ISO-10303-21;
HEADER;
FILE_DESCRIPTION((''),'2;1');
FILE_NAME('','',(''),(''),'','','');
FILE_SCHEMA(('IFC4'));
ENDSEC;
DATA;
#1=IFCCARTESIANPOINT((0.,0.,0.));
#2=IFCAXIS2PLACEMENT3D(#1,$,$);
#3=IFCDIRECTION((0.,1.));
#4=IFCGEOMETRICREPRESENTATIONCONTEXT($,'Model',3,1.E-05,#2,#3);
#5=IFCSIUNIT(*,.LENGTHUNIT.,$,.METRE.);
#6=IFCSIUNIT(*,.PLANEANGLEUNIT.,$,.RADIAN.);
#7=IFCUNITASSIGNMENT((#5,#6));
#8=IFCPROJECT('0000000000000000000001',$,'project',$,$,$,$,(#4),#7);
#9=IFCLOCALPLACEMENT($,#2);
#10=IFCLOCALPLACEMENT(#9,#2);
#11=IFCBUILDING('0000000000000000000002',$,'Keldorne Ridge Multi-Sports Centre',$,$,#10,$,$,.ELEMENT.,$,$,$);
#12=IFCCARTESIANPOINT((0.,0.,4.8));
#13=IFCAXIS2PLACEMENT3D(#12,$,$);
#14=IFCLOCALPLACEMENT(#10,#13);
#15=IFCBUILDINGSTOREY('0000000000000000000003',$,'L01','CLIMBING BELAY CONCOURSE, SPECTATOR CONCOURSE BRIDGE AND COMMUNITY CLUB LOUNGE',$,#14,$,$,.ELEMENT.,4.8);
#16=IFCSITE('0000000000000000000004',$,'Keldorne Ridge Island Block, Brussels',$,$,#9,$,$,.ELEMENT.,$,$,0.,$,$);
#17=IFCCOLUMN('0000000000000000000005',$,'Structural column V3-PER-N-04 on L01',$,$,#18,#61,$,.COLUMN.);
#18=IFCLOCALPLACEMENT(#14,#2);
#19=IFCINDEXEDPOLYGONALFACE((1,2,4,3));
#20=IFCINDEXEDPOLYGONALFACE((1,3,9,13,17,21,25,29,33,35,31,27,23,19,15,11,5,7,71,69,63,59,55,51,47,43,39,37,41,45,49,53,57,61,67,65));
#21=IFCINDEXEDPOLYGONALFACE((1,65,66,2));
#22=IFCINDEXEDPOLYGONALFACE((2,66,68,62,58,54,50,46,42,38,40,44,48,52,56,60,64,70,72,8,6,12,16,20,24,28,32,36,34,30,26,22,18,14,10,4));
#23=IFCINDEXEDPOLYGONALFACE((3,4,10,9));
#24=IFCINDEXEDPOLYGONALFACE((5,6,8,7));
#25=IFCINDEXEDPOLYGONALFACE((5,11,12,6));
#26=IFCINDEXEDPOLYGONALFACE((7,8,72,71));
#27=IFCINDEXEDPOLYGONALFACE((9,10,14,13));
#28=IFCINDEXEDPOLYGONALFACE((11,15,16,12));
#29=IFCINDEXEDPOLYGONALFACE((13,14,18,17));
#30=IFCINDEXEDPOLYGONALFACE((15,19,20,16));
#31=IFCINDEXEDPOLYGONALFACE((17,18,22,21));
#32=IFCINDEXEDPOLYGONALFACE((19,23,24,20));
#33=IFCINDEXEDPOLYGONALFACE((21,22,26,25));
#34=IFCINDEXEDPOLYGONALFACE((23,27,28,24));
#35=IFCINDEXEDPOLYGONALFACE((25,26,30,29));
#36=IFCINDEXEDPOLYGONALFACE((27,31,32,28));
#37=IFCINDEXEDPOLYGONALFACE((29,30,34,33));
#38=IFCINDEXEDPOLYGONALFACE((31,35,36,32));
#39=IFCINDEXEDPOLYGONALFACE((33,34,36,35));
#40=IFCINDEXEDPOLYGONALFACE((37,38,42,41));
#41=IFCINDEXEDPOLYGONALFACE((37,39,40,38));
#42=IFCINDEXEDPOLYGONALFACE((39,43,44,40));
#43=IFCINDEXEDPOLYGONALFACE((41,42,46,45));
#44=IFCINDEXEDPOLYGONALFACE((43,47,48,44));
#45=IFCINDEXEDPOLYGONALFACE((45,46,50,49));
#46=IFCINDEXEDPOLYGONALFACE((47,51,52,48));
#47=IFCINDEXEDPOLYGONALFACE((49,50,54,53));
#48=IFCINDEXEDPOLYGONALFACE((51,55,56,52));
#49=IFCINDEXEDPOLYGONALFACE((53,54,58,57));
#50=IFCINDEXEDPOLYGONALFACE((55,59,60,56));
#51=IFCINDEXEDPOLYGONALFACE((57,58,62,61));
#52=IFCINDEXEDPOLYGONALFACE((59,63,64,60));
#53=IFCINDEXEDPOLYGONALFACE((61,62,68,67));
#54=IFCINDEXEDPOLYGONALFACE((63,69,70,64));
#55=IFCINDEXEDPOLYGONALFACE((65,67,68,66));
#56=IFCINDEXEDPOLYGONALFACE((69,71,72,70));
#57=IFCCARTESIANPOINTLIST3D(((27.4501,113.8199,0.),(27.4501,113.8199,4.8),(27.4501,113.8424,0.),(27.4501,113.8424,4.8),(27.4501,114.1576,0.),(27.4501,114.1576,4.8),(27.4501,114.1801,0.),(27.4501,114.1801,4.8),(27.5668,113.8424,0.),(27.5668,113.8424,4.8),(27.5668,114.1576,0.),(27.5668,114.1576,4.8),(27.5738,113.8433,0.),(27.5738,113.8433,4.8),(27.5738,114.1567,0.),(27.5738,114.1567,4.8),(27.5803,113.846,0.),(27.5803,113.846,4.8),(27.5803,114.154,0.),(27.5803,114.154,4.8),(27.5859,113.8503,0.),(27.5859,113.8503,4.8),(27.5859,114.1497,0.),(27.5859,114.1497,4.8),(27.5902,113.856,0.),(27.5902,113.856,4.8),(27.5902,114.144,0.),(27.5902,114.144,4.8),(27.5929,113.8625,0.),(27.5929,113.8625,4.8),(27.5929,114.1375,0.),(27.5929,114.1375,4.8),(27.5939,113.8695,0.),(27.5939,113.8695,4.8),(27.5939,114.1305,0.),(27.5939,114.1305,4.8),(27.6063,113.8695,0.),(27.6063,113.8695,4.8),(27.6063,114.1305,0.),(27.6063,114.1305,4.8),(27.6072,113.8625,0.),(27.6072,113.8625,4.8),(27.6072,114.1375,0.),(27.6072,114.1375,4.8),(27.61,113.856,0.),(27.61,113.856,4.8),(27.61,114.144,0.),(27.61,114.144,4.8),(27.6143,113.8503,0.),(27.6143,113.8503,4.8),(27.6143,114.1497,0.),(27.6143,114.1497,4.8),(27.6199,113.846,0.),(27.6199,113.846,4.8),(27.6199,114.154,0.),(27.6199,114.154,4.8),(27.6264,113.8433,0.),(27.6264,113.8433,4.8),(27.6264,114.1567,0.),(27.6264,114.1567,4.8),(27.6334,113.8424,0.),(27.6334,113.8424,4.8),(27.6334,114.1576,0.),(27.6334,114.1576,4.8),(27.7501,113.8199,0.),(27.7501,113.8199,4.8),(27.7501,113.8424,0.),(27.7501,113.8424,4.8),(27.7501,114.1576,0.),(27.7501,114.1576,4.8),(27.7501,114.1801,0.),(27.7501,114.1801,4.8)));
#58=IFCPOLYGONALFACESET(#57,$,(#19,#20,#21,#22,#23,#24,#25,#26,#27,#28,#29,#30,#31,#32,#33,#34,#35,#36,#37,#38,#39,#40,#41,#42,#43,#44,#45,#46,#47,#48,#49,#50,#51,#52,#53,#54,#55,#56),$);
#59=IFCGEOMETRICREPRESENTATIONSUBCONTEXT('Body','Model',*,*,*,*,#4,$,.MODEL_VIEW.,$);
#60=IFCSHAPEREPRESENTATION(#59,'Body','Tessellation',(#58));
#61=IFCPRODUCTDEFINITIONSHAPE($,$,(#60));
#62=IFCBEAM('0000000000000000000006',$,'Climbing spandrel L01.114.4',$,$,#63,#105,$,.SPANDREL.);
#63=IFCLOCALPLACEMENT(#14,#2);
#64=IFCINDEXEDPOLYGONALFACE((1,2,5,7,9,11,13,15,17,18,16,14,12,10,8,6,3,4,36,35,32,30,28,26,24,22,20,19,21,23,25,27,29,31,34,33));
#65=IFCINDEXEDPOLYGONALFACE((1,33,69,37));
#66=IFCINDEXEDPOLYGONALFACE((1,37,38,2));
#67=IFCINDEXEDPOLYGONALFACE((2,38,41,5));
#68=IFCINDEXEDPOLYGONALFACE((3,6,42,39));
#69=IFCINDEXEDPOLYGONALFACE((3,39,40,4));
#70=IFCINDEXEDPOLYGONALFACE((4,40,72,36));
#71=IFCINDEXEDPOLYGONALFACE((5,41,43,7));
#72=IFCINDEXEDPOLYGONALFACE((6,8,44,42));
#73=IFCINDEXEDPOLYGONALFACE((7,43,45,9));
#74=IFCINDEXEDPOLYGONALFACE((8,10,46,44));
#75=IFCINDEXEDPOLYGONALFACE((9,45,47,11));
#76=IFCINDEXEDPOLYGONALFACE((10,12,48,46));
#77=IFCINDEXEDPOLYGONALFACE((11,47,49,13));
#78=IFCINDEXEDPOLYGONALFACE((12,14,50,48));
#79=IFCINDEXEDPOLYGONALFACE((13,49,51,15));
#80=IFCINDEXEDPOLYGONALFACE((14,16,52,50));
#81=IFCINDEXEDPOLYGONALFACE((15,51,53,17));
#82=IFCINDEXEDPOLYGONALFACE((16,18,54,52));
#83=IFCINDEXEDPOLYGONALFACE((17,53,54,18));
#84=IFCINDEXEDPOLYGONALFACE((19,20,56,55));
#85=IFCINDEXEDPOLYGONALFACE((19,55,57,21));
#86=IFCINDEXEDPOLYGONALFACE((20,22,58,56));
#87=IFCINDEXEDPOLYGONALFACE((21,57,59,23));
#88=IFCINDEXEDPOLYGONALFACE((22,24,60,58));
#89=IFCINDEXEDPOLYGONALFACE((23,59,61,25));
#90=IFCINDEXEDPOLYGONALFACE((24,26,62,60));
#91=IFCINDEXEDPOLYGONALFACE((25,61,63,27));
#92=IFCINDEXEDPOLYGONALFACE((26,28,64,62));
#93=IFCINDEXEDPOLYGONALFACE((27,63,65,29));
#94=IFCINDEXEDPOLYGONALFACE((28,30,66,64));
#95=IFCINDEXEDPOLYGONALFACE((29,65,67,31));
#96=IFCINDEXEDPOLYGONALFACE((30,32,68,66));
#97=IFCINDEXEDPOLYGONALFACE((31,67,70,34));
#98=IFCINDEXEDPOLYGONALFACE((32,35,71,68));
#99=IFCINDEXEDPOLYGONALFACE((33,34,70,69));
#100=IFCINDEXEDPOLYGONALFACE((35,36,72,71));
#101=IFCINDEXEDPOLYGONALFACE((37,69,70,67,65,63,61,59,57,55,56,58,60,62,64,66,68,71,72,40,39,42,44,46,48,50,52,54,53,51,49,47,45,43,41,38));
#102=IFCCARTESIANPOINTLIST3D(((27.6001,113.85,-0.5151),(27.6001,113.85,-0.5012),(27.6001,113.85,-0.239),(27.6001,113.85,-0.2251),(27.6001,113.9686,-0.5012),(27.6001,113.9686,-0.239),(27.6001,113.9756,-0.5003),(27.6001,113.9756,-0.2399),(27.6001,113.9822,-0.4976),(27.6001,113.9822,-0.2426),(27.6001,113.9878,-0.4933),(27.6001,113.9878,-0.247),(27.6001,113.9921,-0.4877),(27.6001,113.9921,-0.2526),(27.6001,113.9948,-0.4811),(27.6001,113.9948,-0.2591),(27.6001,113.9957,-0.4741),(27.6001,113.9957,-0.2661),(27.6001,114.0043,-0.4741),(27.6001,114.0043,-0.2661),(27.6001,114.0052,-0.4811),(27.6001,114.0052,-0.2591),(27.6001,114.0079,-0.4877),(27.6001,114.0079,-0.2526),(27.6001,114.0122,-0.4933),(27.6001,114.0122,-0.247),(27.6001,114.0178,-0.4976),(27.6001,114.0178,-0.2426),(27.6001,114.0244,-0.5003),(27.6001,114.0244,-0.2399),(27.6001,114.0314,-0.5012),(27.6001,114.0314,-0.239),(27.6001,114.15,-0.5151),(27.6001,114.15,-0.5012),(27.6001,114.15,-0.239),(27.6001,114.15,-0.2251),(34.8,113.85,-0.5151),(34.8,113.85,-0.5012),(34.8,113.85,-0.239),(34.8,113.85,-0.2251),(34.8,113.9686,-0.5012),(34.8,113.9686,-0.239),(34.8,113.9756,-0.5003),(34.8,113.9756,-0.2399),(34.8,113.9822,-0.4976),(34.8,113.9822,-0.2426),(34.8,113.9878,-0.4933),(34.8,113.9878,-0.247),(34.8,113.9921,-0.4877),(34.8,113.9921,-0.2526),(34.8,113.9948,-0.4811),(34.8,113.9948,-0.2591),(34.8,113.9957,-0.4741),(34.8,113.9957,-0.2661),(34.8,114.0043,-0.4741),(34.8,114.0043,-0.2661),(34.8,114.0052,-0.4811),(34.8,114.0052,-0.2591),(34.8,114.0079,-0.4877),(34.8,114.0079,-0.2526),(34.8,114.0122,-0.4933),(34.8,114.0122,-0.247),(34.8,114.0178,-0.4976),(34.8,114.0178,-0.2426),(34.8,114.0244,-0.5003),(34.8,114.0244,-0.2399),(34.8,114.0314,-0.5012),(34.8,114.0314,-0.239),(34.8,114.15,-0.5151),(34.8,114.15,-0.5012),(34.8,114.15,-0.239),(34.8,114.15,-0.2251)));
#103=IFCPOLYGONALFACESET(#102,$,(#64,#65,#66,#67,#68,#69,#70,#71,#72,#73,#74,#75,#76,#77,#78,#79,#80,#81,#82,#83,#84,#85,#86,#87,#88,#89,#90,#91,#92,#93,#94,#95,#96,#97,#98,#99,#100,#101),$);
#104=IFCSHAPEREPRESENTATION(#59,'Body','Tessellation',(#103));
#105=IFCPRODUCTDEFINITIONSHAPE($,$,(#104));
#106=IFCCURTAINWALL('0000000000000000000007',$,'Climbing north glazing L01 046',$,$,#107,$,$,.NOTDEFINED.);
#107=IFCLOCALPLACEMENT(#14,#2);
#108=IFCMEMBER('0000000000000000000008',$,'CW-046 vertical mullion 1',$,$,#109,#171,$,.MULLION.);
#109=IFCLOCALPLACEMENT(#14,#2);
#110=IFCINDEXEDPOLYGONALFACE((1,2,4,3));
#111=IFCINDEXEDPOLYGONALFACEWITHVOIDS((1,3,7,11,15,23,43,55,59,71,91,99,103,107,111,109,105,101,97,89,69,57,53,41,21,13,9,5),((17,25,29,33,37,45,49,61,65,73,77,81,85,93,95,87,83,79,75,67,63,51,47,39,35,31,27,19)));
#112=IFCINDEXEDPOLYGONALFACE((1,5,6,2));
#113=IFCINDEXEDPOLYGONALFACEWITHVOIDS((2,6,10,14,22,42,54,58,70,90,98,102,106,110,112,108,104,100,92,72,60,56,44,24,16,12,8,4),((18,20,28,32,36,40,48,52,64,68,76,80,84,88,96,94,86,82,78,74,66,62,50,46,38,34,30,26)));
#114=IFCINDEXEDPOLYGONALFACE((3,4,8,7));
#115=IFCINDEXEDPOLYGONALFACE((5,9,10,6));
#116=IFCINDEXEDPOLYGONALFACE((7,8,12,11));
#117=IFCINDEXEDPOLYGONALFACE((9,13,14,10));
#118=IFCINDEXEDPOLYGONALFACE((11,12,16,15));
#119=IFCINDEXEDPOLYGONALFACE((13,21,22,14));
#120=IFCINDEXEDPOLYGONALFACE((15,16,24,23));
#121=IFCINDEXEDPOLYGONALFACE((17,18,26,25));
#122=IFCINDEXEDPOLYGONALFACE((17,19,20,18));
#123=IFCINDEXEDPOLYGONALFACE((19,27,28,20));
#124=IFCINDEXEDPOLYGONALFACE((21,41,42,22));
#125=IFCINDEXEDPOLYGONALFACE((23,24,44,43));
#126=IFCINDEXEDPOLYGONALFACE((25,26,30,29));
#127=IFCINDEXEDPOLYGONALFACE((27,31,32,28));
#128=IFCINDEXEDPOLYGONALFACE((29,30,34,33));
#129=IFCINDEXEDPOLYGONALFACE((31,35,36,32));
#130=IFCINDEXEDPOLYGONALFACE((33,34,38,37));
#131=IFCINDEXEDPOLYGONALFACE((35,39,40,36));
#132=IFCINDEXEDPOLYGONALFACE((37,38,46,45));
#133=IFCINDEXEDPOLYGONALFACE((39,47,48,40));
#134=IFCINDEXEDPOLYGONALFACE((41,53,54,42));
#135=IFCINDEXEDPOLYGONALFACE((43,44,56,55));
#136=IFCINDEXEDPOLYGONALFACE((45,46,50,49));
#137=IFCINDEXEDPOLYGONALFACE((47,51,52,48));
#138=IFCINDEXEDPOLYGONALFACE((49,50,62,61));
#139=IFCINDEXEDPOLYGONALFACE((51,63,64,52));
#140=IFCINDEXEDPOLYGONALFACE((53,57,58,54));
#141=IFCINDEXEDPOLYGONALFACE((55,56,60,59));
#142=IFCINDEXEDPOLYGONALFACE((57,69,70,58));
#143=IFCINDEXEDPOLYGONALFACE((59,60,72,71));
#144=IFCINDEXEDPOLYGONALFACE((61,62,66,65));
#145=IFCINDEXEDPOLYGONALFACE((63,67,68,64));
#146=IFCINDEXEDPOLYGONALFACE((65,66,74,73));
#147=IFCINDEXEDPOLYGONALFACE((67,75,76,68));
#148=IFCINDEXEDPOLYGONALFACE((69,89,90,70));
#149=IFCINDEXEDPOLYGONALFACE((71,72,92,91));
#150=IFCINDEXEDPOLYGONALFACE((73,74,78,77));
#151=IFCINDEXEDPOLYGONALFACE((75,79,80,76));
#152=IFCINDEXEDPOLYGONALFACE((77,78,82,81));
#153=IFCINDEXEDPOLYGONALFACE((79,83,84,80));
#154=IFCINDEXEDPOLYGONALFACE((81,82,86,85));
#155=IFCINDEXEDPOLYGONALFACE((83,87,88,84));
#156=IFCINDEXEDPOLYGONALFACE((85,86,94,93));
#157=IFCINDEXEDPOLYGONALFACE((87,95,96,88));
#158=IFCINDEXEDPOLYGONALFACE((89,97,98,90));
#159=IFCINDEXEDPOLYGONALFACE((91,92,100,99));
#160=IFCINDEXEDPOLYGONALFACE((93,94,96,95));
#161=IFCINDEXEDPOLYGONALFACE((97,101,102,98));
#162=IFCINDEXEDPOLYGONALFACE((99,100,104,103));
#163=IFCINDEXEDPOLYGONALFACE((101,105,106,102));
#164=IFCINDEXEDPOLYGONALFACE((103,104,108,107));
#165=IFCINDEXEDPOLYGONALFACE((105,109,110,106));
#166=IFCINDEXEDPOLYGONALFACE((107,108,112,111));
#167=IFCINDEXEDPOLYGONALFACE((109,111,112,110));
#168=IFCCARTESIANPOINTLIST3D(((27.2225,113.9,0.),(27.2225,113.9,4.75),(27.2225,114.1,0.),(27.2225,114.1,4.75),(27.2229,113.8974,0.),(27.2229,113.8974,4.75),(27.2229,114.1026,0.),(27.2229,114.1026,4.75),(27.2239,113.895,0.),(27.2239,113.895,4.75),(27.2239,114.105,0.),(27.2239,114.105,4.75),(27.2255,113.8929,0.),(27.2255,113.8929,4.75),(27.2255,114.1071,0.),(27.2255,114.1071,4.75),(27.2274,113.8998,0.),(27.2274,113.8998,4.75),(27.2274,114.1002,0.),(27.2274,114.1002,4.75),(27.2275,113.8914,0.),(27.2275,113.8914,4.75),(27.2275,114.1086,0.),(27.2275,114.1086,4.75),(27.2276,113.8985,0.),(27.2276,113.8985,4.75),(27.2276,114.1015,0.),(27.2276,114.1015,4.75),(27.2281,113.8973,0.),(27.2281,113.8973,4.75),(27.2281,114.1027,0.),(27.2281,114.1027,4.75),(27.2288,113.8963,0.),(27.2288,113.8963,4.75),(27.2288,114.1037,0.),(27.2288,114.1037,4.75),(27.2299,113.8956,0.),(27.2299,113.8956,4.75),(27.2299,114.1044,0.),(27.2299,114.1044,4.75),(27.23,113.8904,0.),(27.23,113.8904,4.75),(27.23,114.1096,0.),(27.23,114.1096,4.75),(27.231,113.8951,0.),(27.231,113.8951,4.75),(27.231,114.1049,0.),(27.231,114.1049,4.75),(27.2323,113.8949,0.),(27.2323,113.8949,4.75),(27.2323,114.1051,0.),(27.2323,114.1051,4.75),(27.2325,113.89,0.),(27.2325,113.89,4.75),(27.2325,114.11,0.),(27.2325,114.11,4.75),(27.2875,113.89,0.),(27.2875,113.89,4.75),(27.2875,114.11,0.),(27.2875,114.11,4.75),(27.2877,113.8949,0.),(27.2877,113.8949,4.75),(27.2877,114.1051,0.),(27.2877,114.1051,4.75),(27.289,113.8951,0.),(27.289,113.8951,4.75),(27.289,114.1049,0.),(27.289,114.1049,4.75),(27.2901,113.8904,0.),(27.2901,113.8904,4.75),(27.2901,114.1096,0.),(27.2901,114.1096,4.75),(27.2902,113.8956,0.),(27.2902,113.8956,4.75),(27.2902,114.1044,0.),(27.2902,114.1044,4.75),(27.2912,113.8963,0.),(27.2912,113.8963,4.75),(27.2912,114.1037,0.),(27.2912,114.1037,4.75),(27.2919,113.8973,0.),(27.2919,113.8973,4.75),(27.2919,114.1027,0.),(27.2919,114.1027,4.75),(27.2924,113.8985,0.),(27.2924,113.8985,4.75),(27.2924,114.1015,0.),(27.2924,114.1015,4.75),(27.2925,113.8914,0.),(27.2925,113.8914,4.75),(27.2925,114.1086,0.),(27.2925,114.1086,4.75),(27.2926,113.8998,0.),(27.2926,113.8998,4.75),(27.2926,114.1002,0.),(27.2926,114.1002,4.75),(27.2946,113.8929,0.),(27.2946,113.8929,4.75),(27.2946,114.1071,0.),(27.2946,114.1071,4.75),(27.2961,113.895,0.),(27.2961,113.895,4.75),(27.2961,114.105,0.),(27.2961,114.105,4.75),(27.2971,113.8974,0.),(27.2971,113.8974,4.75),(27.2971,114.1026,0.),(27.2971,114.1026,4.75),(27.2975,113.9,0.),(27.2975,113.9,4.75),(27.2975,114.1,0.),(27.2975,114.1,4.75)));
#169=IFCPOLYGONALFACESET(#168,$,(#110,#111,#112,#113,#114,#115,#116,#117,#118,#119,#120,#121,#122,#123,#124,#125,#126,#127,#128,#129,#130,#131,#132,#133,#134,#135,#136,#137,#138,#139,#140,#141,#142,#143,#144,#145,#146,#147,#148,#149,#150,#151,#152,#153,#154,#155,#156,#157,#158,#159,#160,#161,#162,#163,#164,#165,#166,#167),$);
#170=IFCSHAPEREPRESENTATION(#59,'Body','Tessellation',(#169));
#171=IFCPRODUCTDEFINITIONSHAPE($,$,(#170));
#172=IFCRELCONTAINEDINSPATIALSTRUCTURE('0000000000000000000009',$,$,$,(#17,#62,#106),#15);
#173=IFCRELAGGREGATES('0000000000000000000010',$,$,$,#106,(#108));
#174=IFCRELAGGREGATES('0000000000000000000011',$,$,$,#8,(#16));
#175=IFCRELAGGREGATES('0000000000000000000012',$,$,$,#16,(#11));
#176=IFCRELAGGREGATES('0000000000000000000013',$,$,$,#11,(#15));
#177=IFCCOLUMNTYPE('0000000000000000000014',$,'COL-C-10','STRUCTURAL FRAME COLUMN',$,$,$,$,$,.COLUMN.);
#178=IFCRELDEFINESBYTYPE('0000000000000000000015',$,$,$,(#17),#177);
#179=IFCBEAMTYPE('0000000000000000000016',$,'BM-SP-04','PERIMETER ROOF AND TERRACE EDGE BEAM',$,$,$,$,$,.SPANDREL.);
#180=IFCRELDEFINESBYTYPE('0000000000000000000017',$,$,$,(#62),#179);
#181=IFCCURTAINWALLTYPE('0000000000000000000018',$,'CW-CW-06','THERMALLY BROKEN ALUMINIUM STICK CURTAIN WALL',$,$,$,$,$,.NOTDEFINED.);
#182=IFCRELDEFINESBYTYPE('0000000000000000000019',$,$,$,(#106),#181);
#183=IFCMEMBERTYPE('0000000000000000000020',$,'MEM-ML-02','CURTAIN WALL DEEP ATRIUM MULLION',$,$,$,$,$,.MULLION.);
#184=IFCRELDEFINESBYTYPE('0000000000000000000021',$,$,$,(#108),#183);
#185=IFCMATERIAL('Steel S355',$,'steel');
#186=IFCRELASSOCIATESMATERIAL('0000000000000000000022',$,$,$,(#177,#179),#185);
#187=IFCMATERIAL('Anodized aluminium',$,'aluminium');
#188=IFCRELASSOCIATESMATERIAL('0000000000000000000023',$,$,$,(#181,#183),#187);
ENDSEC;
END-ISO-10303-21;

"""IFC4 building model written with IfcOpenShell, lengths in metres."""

from ifc_helpers import new_model, si_unit, direction, frame, origin, origin_2d, place, context, subcontext, project, spatial, hollow_rectangle, i_section, extrude, material, material_profile, profile_set, type_object, element, aggregate, save


model = new_model("IFC4")

# Units and contexts
model_context = context("Model", 3, precision=1e-05, world=origin(), true_north=direction((0.0, 1.0)))
body_context = subcontext(model_context, "Body", "Model", "MODEL_VIEW")
ifc_project = project(units=[si_unit("LENGTHUNIT", "METRE"), si_unit("PLANEANGLEUNIT", "RADIAN")], contexts=[model_context])

# Site, building, storey
site_placement = place(None, origin())
site = spatial("IfcSite", under=ifc_project, at=site_placement, Name="Keldorne Ridge Island Block, Brussels", CompositionType="ELEMENT", RefElevation=0.0)
building_placement = place(site_placement, origin())
building = spatial("IfcBuilding", under=site, at=building_placement, Name="Keldorne Ridge Multi-Sports Centre", CompositionType="ELEMENT")
storey_placement = place(building_placement, frame((0.0, 0.0, 4.8)))
storey = spatial("IfcBuildingStorey", under=building, at=storey_placement, Name="L01", Description="CLIMBING BELAY CONCOURSE, SPECTATOR CONCOURSE BRIDGE AND COMMUNITY CLUB LOUNGE", CompositionType="ELEMENT", Elevation=4.8)

# Column
ifc_material_1 = material(Name="Steel S355", Category="steel")
ifc_material_profile_1 = material_profile(ifc_material_1, i_section(OverallWidth=0.3, OverallDepth=0.3601, WebThickness=0.0125, FlangeThickness=0.0225, FilletRadius=0.0271, at=origin_2d()), Name="HEB 360")
ifc_profile_set_1 = profile_set([ifc_material_profile_1], Name="Steel S355")
column_type = type_object("IfcColumnType", Name="COL-C-10", Description="STRUCTURAL FRAME COLUMN", PredefinedType="COLUMN", material=ifc_profile_set_1)
column_placement = place(storey_placement, frame((27.6001, 114.0, 0.0), z_axis=(0.0, 0.0, 1.0), x_axis=(1.0, 0.0, 0.0)))
element("IfcColumn", 1, at=column_placement, inside=storey, type_object=column_type, Name="Structural column V3-PER-N-04 on L01", PredefinedType="COLUMN", context=body_context, shape_type="SweptSolid", body=[
    extrude(i_section(OverallWidth=0.3, OverallDepth=0.3601, WebThickness=0.0125, FlangeThickness=0.0225, FilletRadius=0.0271, at=origin_2d()), origin(), (0.0, 0.0, 1.0), 4.8),
])

# Beam
ifc_material_profile_2 = material_profile(ifc_material_1, i_section(OverallWidth=0.3, OverallDepth=0.29, WebThickness=0.0085, FlangeThickness=0.0139, FilletRadius=0.0271, at=origin_2d()), Name="HEA 300")
ifc_profile_set_2 = profile_set([ifc_material_profile_2], Name="Steel S355")
beam_type = type_object("IfcBeamType", Name="BM-SP-04", Description="PERIMETER ROOF AND TERRACE EDGE BEAM", PredefinedType="SPANDREL", material=ifc_profile_set_2)
beam_placement = place(storey_placement, frame((27.6001, 114.0, -0.3701), z_axis=(1.0, 0.0, 0.0), x_axis=(0.0, 1.0, 0.0)))
element("IfcBeam", 2, at=beam_placement, inside=storey, type_object=beam_type, Name="Climbing spandrel L01.114.4", PredefinedType="SPANDREL", context=body_context, shape_type="SweptSolid", body=[
    extrude(i_section(OverallWidth=0.3, OverallDepth=0.29, WebThickness=0.0085, FlangeThickness=0.0139, FilletRadius=0.0271, at=origin_2d()), origin(), (0.0, 0.0, 1.0), 7.2),
])

# Curtain wall, member
ifc_material_2 = material(Name="Anodized aluminium", Category="aluminium")
curtain_wall_type_1 = type_object("IfcCurtainWallType", Name="CW-CW-06", Description="THERMALLY BROKEN ALUMINIUM STICK CURTAIN WALL", PredefinedType="NOTDEFINED", material=ifc_material_2)
curtain_wall_1_placement = place(storey_placement, origin())
curtain_wall_1 = element("IfcCurtainWall", 3, at=curtain_wall_1_placement, inside=storey, type_object=curtain_wall_type_1, Name="Climbing north glazing L01 046", PredefinedType="NOTDEFINED")
ifc_material_profile_3 = material_profile(ifc_material_2, hollow_rectangle(XDim=0.075, YDim=0.22, WallThickness=0.0049, InnerFilletRadius=0.0049, OuterFilletRadius=0.01, at=origin_2d()), Name="ALU MULLION 220x75x5")
ifc_profile_set_3 = profile_set([ifc_material_profile_3], Name="Anodized aluminium")
member_type_1 = type_object("IfcMemberType", Name="MEM-ML-02", Description="CURTAIN WALL DEEP ATRIUM MULLION", PredefinedType="MULLION", material=ifc_profile_set_3)
member_1_placement = place(storey_placement, frame((27.26, 114.0, 0.0), z_axis=(0.0, 0.0, 1.0), x_axis=(1.0, 0.0, 0.0)))
member_1 = element("IfcMember", 4, at=member_1_placement, type_object=member_type_1, Name="CW-046 vertical mullion 1", PredefinedType="MULLION", context=body_context, shape_type="SweptSolid", body=[
    extrude(hollow_rectangle(XDim=0.075, YDim=0.22, WallThickness=0.0049, InnerFilletRadius=0.0049, OuterFilletRadius=0.01, at=origin_2d()), origin(), (0.0, 0.0, 1.0), 4.75),
])

aggregate(curtain_wall_1, [member_1])

save(model, "model.ifc")
